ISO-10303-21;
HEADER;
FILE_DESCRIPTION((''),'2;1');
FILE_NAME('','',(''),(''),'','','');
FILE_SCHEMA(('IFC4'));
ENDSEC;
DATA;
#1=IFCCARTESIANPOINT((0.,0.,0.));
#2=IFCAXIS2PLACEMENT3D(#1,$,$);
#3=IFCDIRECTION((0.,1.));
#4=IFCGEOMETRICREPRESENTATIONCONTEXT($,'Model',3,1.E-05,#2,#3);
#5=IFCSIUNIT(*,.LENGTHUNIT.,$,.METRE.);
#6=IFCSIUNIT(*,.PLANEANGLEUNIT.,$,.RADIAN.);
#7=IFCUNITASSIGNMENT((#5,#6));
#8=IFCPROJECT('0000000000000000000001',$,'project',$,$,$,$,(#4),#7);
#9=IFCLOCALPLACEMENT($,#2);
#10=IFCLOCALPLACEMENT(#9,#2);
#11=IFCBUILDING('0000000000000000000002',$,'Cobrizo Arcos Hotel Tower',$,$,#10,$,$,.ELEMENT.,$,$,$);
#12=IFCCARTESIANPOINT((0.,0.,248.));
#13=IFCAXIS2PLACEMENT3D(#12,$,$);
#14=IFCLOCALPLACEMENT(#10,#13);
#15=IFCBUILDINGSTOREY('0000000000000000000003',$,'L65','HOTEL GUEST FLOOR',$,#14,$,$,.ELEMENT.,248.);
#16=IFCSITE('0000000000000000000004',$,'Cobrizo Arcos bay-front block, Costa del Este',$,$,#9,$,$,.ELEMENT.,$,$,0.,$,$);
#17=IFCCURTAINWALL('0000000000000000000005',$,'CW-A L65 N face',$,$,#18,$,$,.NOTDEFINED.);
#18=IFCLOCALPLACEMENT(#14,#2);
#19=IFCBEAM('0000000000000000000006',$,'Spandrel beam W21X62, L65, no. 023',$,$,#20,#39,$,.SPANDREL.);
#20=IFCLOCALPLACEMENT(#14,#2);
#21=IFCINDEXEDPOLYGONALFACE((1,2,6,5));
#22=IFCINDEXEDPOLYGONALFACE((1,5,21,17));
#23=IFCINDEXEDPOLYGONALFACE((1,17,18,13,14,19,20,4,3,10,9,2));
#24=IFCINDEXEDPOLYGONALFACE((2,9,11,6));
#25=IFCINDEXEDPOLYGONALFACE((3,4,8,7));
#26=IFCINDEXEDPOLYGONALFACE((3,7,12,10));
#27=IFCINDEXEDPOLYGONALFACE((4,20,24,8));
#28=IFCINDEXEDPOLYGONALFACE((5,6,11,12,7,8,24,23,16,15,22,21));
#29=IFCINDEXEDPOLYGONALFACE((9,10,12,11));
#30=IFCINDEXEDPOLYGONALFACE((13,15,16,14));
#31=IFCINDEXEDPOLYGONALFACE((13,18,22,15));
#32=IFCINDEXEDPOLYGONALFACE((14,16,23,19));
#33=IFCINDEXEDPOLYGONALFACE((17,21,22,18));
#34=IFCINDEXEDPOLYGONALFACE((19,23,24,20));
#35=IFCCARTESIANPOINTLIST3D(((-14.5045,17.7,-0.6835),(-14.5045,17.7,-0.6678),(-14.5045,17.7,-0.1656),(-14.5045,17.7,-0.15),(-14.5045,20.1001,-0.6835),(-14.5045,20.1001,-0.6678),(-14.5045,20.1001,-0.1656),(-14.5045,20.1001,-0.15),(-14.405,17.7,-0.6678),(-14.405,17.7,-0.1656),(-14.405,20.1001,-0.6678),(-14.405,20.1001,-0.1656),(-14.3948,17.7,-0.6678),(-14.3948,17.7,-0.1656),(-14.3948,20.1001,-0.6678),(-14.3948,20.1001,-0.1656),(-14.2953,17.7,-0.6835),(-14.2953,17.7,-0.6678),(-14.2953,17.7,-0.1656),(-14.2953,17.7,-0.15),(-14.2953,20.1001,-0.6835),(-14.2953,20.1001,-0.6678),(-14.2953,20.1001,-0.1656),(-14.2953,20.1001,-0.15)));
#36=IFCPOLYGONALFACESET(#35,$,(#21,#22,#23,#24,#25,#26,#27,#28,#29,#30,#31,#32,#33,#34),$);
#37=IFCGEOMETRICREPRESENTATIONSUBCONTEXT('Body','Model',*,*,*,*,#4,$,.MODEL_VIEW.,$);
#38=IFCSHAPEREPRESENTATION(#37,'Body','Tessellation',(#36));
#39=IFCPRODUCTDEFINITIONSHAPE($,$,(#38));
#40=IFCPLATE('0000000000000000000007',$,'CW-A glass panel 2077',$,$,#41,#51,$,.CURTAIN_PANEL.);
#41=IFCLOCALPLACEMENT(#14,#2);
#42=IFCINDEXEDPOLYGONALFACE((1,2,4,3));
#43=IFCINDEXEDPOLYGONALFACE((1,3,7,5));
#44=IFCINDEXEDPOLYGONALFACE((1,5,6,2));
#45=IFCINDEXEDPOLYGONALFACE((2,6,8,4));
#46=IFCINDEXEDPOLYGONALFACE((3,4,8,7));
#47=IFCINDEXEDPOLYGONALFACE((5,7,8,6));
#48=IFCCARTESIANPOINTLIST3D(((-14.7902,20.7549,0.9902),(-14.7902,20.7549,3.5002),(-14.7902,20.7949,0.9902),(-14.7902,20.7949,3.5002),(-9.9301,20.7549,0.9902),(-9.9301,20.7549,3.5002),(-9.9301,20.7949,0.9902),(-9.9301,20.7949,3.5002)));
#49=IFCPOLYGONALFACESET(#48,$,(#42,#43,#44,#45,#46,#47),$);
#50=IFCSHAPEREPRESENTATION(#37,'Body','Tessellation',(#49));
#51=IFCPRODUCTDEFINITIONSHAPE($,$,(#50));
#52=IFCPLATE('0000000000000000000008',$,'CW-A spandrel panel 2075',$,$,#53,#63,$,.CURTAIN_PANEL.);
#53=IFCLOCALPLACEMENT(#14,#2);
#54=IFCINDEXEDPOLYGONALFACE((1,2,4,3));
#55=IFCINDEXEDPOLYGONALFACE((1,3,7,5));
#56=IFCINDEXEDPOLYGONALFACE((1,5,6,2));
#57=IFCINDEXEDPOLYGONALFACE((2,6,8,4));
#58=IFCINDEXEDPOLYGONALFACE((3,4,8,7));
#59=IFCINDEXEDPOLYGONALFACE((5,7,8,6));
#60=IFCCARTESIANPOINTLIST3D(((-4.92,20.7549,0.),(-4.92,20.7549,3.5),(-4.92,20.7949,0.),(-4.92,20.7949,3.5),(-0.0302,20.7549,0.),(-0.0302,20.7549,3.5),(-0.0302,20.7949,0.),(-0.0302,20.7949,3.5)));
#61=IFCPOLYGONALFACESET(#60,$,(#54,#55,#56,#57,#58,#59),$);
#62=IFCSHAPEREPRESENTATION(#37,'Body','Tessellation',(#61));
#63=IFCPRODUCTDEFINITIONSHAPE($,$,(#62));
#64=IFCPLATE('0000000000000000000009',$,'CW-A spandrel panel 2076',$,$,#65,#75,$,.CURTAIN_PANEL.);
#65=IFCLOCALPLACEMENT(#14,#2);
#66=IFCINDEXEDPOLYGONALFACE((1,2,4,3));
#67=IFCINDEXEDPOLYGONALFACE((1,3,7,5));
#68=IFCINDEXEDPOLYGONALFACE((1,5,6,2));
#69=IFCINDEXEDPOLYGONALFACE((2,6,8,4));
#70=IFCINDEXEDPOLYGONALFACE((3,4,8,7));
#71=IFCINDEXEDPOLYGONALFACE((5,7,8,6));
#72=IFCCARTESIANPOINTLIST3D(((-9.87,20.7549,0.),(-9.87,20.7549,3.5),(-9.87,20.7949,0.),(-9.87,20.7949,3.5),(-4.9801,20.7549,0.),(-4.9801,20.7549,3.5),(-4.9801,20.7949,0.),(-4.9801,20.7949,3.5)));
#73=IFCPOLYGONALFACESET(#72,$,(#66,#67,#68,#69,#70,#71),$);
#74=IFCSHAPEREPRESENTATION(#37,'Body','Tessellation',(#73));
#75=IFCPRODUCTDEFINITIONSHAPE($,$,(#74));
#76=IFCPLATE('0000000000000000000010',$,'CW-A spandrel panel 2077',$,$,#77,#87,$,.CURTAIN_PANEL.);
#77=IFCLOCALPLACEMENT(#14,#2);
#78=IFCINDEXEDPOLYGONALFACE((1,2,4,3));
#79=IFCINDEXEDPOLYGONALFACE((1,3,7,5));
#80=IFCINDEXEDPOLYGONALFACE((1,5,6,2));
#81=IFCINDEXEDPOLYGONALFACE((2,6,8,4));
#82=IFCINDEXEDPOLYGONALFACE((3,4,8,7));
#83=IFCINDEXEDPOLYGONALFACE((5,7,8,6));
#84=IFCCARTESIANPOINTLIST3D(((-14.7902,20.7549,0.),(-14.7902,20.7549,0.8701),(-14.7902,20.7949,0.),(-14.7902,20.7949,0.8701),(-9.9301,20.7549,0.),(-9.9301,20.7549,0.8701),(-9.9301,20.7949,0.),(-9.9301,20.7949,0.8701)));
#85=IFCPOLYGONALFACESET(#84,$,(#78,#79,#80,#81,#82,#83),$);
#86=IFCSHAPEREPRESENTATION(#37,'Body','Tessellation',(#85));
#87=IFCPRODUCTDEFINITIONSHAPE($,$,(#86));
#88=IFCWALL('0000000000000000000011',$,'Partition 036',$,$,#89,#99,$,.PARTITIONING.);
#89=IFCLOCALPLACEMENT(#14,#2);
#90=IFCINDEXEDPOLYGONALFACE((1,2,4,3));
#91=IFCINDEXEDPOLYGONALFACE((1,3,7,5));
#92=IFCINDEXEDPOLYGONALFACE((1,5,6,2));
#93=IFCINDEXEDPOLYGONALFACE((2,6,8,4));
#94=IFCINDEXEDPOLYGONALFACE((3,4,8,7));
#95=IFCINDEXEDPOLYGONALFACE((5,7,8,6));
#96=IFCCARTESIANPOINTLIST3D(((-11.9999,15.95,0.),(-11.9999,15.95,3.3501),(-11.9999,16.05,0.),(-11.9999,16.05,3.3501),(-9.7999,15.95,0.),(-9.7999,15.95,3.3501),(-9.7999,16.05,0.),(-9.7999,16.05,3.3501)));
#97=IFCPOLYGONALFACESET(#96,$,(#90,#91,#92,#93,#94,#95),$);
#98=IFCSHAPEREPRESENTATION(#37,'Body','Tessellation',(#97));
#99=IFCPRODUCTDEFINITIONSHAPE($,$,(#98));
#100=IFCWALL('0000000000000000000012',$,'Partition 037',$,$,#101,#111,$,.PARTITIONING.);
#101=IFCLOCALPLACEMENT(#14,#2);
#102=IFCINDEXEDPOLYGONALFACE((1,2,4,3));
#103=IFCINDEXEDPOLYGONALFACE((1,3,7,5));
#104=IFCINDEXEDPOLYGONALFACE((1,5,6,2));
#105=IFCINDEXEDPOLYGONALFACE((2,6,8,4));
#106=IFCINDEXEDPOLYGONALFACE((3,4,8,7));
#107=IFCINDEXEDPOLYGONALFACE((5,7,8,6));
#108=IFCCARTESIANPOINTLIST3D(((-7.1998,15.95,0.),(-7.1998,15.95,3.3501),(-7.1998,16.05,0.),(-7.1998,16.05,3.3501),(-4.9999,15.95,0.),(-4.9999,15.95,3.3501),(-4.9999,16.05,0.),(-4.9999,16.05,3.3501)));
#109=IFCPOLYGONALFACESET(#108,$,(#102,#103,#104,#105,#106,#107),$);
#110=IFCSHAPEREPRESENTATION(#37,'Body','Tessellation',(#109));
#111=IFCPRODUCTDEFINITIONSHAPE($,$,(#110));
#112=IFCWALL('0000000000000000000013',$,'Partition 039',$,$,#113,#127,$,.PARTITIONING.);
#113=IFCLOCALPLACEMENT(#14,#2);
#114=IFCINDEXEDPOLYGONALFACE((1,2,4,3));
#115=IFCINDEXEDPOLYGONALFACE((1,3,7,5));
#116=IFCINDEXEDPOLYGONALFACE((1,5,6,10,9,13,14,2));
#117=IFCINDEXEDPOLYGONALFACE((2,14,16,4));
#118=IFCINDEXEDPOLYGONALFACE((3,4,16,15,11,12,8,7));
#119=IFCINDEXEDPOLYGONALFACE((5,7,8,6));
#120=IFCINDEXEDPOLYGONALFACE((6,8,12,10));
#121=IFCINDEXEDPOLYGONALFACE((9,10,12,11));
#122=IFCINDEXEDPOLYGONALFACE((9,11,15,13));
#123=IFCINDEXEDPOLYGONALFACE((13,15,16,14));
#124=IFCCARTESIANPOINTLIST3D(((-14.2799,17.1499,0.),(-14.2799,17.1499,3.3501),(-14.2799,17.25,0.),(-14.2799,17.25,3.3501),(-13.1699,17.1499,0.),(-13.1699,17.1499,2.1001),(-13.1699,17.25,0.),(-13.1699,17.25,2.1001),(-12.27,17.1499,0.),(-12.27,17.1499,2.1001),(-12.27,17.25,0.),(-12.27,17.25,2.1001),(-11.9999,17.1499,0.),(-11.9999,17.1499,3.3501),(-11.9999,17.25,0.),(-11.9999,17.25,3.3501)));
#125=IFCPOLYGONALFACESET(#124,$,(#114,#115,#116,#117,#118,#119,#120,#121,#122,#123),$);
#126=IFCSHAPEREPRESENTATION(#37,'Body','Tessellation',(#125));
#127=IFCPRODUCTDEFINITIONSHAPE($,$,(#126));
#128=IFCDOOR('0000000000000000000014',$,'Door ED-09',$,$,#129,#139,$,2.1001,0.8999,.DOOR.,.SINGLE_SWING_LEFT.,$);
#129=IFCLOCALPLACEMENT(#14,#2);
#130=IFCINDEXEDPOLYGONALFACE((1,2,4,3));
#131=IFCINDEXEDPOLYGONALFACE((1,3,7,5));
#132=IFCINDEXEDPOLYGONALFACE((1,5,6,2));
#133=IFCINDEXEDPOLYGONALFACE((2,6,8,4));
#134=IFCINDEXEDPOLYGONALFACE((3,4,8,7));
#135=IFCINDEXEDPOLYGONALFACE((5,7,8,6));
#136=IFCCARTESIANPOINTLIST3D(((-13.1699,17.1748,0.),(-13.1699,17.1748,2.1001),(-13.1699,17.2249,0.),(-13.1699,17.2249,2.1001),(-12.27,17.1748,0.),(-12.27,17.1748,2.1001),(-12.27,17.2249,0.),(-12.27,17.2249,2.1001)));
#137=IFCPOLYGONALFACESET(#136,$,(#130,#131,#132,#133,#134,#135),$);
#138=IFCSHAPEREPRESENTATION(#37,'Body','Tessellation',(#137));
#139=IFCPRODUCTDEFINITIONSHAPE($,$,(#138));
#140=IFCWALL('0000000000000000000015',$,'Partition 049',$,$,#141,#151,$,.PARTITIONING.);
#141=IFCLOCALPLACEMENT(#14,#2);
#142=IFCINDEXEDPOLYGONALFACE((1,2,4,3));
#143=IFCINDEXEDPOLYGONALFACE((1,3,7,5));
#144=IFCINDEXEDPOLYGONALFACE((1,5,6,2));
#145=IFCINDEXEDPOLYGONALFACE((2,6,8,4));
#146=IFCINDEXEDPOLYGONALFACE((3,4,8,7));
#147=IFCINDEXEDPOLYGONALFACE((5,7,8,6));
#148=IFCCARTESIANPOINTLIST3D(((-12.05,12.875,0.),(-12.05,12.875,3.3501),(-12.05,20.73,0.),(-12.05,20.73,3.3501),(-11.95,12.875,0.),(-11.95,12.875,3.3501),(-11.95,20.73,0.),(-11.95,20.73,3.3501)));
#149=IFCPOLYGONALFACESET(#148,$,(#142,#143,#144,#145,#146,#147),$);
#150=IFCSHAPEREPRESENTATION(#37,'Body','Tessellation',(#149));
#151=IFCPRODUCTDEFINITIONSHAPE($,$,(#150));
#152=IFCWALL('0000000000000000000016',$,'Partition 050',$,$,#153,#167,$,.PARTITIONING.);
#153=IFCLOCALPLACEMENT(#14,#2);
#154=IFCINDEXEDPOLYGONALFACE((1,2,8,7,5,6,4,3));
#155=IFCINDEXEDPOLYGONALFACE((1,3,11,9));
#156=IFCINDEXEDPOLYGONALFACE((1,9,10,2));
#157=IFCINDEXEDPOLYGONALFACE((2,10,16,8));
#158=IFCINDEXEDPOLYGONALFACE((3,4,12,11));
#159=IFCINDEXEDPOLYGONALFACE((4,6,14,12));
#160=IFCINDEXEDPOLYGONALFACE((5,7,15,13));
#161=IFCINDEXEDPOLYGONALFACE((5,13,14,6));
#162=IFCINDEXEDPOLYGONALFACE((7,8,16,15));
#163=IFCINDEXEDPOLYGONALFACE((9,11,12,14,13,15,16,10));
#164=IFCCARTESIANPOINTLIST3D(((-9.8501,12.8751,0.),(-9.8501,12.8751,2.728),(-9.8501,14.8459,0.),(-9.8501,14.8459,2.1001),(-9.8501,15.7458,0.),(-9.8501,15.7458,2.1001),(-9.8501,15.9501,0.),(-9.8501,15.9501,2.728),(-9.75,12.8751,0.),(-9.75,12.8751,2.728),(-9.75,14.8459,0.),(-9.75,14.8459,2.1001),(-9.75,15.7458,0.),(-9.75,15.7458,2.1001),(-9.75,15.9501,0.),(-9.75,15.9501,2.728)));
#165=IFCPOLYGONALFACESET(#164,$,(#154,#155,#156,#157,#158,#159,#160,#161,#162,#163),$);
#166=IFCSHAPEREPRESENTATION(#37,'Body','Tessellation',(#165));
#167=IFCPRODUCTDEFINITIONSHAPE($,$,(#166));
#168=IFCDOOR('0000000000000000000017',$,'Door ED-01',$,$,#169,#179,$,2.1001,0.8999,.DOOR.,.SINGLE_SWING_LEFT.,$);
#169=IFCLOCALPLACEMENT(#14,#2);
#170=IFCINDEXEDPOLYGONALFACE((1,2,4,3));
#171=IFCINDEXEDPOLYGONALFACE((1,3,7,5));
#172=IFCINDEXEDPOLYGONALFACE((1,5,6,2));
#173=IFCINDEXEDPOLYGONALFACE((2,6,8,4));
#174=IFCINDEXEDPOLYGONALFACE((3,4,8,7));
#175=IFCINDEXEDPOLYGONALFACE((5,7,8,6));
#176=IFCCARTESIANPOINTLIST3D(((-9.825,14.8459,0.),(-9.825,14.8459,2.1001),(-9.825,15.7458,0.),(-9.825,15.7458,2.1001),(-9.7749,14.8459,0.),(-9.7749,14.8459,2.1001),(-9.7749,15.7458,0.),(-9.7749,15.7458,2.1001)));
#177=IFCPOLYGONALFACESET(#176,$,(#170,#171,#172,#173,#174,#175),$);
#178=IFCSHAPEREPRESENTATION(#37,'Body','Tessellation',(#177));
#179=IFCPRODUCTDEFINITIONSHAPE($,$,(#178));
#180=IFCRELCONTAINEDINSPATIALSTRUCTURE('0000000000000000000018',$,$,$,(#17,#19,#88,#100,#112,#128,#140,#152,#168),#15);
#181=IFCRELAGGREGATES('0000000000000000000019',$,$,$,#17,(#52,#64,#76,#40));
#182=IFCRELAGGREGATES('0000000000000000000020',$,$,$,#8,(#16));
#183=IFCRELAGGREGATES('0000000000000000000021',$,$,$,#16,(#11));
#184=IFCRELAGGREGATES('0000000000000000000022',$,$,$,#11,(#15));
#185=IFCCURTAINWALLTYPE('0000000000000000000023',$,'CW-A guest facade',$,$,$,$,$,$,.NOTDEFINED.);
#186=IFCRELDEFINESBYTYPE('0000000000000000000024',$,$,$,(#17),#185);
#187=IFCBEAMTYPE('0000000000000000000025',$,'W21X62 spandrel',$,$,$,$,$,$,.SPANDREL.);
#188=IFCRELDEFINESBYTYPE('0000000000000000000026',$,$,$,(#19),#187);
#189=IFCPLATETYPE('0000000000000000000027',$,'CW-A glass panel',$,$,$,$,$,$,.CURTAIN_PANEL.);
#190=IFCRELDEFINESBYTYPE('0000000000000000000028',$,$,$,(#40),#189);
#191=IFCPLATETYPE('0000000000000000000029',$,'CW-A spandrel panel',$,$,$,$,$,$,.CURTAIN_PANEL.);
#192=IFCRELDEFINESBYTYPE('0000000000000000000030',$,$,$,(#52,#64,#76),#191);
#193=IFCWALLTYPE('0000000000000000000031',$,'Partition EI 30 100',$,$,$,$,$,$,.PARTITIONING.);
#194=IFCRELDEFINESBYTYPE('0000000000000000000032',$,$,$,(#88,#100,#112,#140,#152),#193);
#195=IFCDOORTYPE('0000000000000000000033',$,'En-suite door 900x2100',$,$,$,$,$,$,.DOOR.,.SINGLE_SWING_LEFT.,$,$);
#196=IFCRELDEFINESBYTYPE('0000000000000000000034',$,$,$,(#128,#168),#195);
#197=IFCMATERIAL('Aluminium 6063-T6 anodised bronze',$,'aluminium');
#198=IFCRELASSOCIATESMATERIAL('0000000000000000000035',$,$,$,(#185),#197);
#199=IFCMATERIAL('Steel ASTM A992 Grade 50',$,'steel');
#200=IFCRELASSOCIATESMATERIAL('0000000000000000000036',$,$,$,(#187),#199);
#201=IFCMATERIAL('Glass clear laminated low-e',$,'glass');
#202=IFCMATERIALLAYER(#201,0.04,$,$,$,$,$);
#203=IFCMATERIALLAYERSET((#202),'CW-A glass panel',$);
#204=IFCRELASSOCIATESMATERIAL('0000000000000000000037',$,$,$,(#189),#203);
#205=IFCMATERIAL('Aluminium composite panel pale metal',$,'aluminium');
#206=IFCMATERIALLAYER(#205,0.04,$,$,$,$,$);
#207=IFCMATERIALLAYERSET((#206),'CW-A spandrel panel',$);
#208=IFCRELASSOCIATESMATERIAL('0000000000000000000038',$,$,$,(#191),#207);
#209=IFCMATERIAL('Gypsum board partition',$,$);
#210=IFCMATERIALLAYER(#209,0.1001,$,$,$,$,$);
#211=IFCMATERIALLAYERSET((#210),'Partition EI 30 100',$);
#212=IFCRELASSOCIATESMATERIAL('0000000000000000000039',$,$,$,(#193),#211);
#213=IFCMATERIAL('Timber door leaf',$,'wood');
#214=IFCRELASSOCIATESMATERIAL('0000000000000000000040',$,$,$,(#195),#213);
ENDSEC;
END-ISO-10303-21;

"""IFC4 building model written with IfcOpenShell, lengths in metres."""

from ifc_helpers import new_model, si_unit, direction, frame, frame_2d, origin, origin_2d, place, context, subcontext, project, spatial, rectangle, i_section, extrude, material, layer, layer_set, material_profile, profile_set, type_object, element, fill, aggregate, save


model = new_model("IFC4")

# Units and contexts
model_context = context("Model", 3, precision=1e-05, world=origin(), true_north=direction((0.0, 1.0)))
body_context = subcontext(model_context, "Body", "Model", "MODEL_VIEW")
ifc_project = project(units=[si_unit("LENGTHUNIT", "METRE"), si_unit("PLANEANGLEUNIT", "RADIAN")], contexts=[model_context])

# Site, building, storey
site_placement = place(None, origin())
site = spatial("IfcSite", under=ifc_project, at=site_placement, Name="Cobrizo Arcos bay-front block, Costa del Este", CompositionType="ELEMENT", RefElevation=0.0)
building_placement = place(site_placement, origin())
building = spatial("IfcBuilding", under=site, at=building_placement, Name="Cobrizo Arcos Hotel Tower", CompositionType="ELEMENT")
storey_placement = place(building_placement, frame((0.0, 0.0, 248.0)))
storey = spatial("IfcBuildingStorey", under=building, at=storey_placement, Name="L65", Description="HOTEL GUEST FLOOR", CompositionType="ELEMENT", Elevation=248.0)

# Curtain wall
ifc_material_1 = material(Name="Aluminium 6063-T6 anodised bronze", Category="aluminium")
curtain_wall_type = type_object("IfcCurtainWallType", Name="CW-A guest facade", PredefinedType="NOTDEFINED", material=ifc_material_1)
curtain_wall_placement = place(storey_placement, origin())
curtain_wall = element("IfcCurtainWall", 1, at=curtain_wall_placement, inside=storey, type_object=curtain_wall_type, Name="CW-A L65 N face", PredefinedType="NOTDEFINED")

# Beam
ifc_material_2 = material(Name="Steel ASTM A992 Grade 50", Category="steel")
ifc_material_profile_1 = material_profile(ifc_material_2, i_section(OverallWidth=0.2092, OverallDepth=0.5334, WebThickness=0.0103, FlangeThickness=0.0156, at=origin_2d()), Name="W21X62")
ifc_profile_set_1 = profile_set([ifc_material_profile_1], Name="Steel ASTM A992 Grade 50")
beam_type = type_object("IfcBeamType", Name="W21X62 spandrel", PredefinedType="SPANDREL", material=ifc_profile_set_1)
beam_1_placement = place(storey_placement, frame((-14.3999, 20.1001, -0.4167), z_axis=(0.0, -1.0, 0.0), x_axis=(1.0, 0.0, 0.0)))
element("IfcBeam", 2, at=beam_1_placement, inside=storey, type_object=beam_type, Name="Spandrel beam W21X62, L65, no. 023", PredefinedType="SPANDREL", context=body_context, shape_type="SweptSolid", body=[
    extrude(i_section(OverallWidth=0.2092, OverallDepth=0.5334, WebThickness=0.0103, FlangeThickness=0.0156, at=origin_2d()), origin(), (0.0, 0.0, 1.0), 2.4001),
])

# Plates
ifc_material_3 = material(Name="Glass clear laminated low-e", Category="glass")
ifc_layer_1 = layer(ifc_material_3, 0.04)
ifc_layer_set_1 = layer_set([ifc_layer_1], Name="CW-A glass panel")
plate_type_1 = type_object("IfcPlateType", Name="CW-A glass panel", PredefinedType="CURTAIN_PANEL", material=ifc_layer_set_1)
plate_1_placement = place(storey_placement, frame((-12.3601, 20.7749, 0.9902), z_axis=(0.0, 0.0, 1.0), x_axis=(-1.0, 0.0, 0.0)))
plate_1 = element("IfcPlate", 3, at=plate_1_placement, type_object=plate_type_1, Name="CW-A glass panel 2077", PredefinedType="CURTAIN_PANEL", context=body_context, shape_type="SweptSolid", body=[
    extrude(rectangle(XDim=4.8601, YDim=0.04, at=origin_2d()), origin(), (0.0, 0.0, 1.0), 2.51),
])
ifc_material_4 = material(Name="Aluminium composite panel pale metal", Category="aluminium")
ifc_layer_2 = layer(ifc_material_4, 0.04)
ifc_layer_set_2 = layer_set([ifc_layer_2], Name="CW-A spandrel panel")
plate_type_2 = type_object("IfcPlateType", Name="CW-A spandrel panel", PredefinedType="CURTAIN_PANEL", material=ifc_layer_set_2)
plate_2_placement = place(storey_placement, frame((-2.4751, 20.7749, 0.0), z_axis=(0.0, 0.0, 1.0), x_axis=(-1.0, 0.0, 0.0)))
plate_2 = element("IfcPlate", 4, at=plate_2_placement, type_object=plate_type_2, Name="CW-A spandrel panel 2075", PredefinedType="CURTAIN_PANEL", context=body_context, shape_type="SweptSolid", body=[
    extrude(rectangle(XDim=4.8899, YDim=0.04, at=origin_2d()), origin(), (0.0, 0.0, 1.0), 3.5),
])
plate_3_placement = place(storey_placement, frame((-7.425, 20.7749, 0.0), z_axis=(0.0, 0.0, 1.0), x_axis=(-1.0, 0.0, 0.0)))
plate_3 = element("IfcPlate", 5, at=plate_3_placement, type_object=plate_type_2, Name="CW-A spandrel panel 2076", PredefinedType="CURTAIN_PANEL", context=body_context, shape_type="SweptSolid", body=[
    extrude(rectangle(XDim=4.8899, YDim=0.04, at=origin_2d()), origin(), (0.0, 0.0, 1.0), 3.5),
])
plate_4_placement = place(storey_placement, frame((-12.3601, 20.7749, 0.0), z_axis=(0.0, 0.0, 1.0), x_axis=(-1.0, 0.0, 0.0)))
plate_4 = element("IfcPlate", 6, at=plate_4_placement, type_object=plate_type_2, Name="CW-A spandrel panel 2077", PredefinedType="CURTAIN_PANEL", context=body_context, shape_type="SweptSolid", body=[
    extrude(rectangle(XDim=4.8601, YDim=0.04, at=origin_2d()), origin(), (0.0, 0.0, 1.0), 0.8701),
])
aggregate(curtain_wall, [plate_2, plate_3, plate_4, plate_1])

# Walls
ifc_material_5 = material(Name="Gypsum board partition")
ifc_layer_3 = layer(ifc_material_5, 0.1001)
ifc_layer_set_3 = layer_set([ifc_layer_3], Name="Partition EI 30 100")
wall_type = type_object("IfcWallType", Name="Partition EI 30 100", PredefinedType="PARTITIONING", material=ifc_layer_set_3)
for number, where, z_axis, x_axis, name in (
    (7, (-12.0, 16.0, 0.0), (0.0, 0.0, 1.0), (1.0, 0.0, 0.0), "Partition 036"),
    (8, (-7.2, 16.0, 0.0), (0.0, 0.0, 1.0), (1.0, 0.0, 0.0), "Partition 037"),
):
    element("IfcWall", number, at=place(storey_placement, frame(where, z_axis=z_axis, x_axis=x_axis)), inside=storey, type_object=wall_type, Name=name, PredefinedType="PARTITIONING", context=body_context, shape_type="SweptSolid", body=[
        extrude(rectangle(XDim=2.2, YDim=0.1001, at=frame_2d((1.1001, 0.0))), origin(), (0.0, 0.0, 1.0), 3.3501),
    ])

# Wall, opening, door
wall_1_placement = place(storey_placement, frame((-14.28, 17.2, 0.0), z_axis=(0.0, 0.0, 1.0), x_axis=(1.0, 0.0, 0.0)))
wall_1 = element("IfcWall", 9, at=wall_1_placement, inside=storey, type_object=wall_type, Name="Partition 039", PredefinedType="PARTITIONING", context=body_context, shape_type="SweptSolid", body=[
    extrude(rectangle(XDim=2.28, YDim=0.1001, at=frame_2d((1.1401, 0.0))), origin(), (0.0, 0.0, 1.0), 3.3501),
])
opening_1_placement = place(wall_1_placement, frame((1.1101, 0.0, 0.0)))
opening_1 = element("IfcOpeningElement", 10, at=opening_1_placement, cuts=wall_1, PredefinedType="OPENING", context=body_context, shape_type="SweptSolid", body=[
    extrude(rectangle(XDim=0.8999, YDim=2.1001, at=frame_2d((0.45, 1.05))), frame((0.0, 0.062, 0.0), z_axis=(0.0, -1.0, 0.0), x_axis=(1.0, 0.0, 0.0)), (0.0, 0.0, 1.0), 0.124),
])
ifc_material_6 = material(Name="Timber door leaf", Category="wood")
door_type_1 = type_object("IfcDoorType", Name="En-suite door 900x2100", OperationType="SINGLE_SWING_LEFT", PredefinedType="DOOR", material=ifc_material_6)
door_1_placement = place(opening_1_placement, origin())
door_1 = element("IfcDoor", 11, at=door_1_placement, inside=storey, type_object=door_type_1, Name="Door ED-09", OperationType="SINGLE_SWING_LEFT", OverallHeight=2.1001, OverallWidth=0.8999, PredefinedType="DOOR", context=body_context, shape_type="SweptSolid", body=[
    extrude(rectangle(XDim=0.8999, YDim=2.1001, at=frame_2d((0.45, 1.05))), frame((0.0, 0.0249, 0.0), z_axis=(0.0, -1.0, 0.0), x_axis=(1.0, 0.0, 0.0)), (0.0, 0.0, 1.0), 0.05),
])
fill(opening_1, door_1)

# Wall
wall_2_placement = place(storey_placement, frame((-12.0, 12.875, 0.0), z_axis=(0.0, 0.0, 1.0), x_axis=(0.0, 1.0, 0.0)))
element("IfcWall", 12, at=wall_2_placement, inside=storey, type_object=wall_type, Name="Partition 049", PredefinedType="PARTITIONING", context=body_context, shape_type="SweptSolid", body=[
    extrude(rectangle(XDim=7.855, YDim=0.1001, at=frame_2d((3.9275, 0.0))), origin(), (0.0, 0.0, 1.0), 3.3501),
])

# Wall, opening, door
wall_3_placement = place(storey_placement, frame((-9.8, 12.875, 0.0), z_axis=(0.0, 0.0, 1.0), x_axis=(0.0, 1.0, 0.0)))
wall_3 = element("IfcWall", 13, at=wall_3_placement, inside=storey, type_object=wall_type, Name="Partition 050", PredefinedType="PARTITIONING", context=body_context, shape_type="SweptSolid", body=[
    extrude(rectangle(XDim=3.075, YDim=0.1001, at=frame_2d((1.5376, 0.0))), origin(), (0.0, 0.0, 1.0), 2.728),
])
opening_2_placement = place(wall_3_placement, frame((1.9709, 0.0, 0.0)))
opening_2 = element("IfcOpeningElement", 14, at=opening_2_placement, cuts=wall_3, PredefinedType="OPENING", context=body_context, shape_type="SweptSolid", body=[
    extrude(rectangle(XDim=0.8999, YDim=2.1001, at=frame_2d((0.45, 1.05))), frame((0.0, 0.062, 0.0), z_axis=(0.0, -1.0, 0.0), x_axis=(1.0, 0.0, 0.0)), (0.0, 0.0, 1.0), 0.124),
])
door_2_placement = place(opening_2_placement, origin())
door_2 = element("IfcDoor", 15, at=door_2_placement, inside=storey, type_object=door_type_1, Name="Door ED-01", OperationType="SINGLE_SWING_LEFT", OverallHeight=2.1001, OverallWidth=0.8999, PredefinedType="DOOR", context=body_context, shape_type="SweptSolid", body=[
    extrude(rectangle(XDim=0.8999, YDim=2.1001, at=frame_2d((0.45, 1.05))), frame((0.0, 0.0249, 0.0), z_axis=(0.0, -1.0, 0.0), x_axis=(1.0, 0.0, 0.0)), (0.0, 0.0, 1.0), 0.05),
])
fill(opening_2, door_2)

save(model, "model.ifc")
